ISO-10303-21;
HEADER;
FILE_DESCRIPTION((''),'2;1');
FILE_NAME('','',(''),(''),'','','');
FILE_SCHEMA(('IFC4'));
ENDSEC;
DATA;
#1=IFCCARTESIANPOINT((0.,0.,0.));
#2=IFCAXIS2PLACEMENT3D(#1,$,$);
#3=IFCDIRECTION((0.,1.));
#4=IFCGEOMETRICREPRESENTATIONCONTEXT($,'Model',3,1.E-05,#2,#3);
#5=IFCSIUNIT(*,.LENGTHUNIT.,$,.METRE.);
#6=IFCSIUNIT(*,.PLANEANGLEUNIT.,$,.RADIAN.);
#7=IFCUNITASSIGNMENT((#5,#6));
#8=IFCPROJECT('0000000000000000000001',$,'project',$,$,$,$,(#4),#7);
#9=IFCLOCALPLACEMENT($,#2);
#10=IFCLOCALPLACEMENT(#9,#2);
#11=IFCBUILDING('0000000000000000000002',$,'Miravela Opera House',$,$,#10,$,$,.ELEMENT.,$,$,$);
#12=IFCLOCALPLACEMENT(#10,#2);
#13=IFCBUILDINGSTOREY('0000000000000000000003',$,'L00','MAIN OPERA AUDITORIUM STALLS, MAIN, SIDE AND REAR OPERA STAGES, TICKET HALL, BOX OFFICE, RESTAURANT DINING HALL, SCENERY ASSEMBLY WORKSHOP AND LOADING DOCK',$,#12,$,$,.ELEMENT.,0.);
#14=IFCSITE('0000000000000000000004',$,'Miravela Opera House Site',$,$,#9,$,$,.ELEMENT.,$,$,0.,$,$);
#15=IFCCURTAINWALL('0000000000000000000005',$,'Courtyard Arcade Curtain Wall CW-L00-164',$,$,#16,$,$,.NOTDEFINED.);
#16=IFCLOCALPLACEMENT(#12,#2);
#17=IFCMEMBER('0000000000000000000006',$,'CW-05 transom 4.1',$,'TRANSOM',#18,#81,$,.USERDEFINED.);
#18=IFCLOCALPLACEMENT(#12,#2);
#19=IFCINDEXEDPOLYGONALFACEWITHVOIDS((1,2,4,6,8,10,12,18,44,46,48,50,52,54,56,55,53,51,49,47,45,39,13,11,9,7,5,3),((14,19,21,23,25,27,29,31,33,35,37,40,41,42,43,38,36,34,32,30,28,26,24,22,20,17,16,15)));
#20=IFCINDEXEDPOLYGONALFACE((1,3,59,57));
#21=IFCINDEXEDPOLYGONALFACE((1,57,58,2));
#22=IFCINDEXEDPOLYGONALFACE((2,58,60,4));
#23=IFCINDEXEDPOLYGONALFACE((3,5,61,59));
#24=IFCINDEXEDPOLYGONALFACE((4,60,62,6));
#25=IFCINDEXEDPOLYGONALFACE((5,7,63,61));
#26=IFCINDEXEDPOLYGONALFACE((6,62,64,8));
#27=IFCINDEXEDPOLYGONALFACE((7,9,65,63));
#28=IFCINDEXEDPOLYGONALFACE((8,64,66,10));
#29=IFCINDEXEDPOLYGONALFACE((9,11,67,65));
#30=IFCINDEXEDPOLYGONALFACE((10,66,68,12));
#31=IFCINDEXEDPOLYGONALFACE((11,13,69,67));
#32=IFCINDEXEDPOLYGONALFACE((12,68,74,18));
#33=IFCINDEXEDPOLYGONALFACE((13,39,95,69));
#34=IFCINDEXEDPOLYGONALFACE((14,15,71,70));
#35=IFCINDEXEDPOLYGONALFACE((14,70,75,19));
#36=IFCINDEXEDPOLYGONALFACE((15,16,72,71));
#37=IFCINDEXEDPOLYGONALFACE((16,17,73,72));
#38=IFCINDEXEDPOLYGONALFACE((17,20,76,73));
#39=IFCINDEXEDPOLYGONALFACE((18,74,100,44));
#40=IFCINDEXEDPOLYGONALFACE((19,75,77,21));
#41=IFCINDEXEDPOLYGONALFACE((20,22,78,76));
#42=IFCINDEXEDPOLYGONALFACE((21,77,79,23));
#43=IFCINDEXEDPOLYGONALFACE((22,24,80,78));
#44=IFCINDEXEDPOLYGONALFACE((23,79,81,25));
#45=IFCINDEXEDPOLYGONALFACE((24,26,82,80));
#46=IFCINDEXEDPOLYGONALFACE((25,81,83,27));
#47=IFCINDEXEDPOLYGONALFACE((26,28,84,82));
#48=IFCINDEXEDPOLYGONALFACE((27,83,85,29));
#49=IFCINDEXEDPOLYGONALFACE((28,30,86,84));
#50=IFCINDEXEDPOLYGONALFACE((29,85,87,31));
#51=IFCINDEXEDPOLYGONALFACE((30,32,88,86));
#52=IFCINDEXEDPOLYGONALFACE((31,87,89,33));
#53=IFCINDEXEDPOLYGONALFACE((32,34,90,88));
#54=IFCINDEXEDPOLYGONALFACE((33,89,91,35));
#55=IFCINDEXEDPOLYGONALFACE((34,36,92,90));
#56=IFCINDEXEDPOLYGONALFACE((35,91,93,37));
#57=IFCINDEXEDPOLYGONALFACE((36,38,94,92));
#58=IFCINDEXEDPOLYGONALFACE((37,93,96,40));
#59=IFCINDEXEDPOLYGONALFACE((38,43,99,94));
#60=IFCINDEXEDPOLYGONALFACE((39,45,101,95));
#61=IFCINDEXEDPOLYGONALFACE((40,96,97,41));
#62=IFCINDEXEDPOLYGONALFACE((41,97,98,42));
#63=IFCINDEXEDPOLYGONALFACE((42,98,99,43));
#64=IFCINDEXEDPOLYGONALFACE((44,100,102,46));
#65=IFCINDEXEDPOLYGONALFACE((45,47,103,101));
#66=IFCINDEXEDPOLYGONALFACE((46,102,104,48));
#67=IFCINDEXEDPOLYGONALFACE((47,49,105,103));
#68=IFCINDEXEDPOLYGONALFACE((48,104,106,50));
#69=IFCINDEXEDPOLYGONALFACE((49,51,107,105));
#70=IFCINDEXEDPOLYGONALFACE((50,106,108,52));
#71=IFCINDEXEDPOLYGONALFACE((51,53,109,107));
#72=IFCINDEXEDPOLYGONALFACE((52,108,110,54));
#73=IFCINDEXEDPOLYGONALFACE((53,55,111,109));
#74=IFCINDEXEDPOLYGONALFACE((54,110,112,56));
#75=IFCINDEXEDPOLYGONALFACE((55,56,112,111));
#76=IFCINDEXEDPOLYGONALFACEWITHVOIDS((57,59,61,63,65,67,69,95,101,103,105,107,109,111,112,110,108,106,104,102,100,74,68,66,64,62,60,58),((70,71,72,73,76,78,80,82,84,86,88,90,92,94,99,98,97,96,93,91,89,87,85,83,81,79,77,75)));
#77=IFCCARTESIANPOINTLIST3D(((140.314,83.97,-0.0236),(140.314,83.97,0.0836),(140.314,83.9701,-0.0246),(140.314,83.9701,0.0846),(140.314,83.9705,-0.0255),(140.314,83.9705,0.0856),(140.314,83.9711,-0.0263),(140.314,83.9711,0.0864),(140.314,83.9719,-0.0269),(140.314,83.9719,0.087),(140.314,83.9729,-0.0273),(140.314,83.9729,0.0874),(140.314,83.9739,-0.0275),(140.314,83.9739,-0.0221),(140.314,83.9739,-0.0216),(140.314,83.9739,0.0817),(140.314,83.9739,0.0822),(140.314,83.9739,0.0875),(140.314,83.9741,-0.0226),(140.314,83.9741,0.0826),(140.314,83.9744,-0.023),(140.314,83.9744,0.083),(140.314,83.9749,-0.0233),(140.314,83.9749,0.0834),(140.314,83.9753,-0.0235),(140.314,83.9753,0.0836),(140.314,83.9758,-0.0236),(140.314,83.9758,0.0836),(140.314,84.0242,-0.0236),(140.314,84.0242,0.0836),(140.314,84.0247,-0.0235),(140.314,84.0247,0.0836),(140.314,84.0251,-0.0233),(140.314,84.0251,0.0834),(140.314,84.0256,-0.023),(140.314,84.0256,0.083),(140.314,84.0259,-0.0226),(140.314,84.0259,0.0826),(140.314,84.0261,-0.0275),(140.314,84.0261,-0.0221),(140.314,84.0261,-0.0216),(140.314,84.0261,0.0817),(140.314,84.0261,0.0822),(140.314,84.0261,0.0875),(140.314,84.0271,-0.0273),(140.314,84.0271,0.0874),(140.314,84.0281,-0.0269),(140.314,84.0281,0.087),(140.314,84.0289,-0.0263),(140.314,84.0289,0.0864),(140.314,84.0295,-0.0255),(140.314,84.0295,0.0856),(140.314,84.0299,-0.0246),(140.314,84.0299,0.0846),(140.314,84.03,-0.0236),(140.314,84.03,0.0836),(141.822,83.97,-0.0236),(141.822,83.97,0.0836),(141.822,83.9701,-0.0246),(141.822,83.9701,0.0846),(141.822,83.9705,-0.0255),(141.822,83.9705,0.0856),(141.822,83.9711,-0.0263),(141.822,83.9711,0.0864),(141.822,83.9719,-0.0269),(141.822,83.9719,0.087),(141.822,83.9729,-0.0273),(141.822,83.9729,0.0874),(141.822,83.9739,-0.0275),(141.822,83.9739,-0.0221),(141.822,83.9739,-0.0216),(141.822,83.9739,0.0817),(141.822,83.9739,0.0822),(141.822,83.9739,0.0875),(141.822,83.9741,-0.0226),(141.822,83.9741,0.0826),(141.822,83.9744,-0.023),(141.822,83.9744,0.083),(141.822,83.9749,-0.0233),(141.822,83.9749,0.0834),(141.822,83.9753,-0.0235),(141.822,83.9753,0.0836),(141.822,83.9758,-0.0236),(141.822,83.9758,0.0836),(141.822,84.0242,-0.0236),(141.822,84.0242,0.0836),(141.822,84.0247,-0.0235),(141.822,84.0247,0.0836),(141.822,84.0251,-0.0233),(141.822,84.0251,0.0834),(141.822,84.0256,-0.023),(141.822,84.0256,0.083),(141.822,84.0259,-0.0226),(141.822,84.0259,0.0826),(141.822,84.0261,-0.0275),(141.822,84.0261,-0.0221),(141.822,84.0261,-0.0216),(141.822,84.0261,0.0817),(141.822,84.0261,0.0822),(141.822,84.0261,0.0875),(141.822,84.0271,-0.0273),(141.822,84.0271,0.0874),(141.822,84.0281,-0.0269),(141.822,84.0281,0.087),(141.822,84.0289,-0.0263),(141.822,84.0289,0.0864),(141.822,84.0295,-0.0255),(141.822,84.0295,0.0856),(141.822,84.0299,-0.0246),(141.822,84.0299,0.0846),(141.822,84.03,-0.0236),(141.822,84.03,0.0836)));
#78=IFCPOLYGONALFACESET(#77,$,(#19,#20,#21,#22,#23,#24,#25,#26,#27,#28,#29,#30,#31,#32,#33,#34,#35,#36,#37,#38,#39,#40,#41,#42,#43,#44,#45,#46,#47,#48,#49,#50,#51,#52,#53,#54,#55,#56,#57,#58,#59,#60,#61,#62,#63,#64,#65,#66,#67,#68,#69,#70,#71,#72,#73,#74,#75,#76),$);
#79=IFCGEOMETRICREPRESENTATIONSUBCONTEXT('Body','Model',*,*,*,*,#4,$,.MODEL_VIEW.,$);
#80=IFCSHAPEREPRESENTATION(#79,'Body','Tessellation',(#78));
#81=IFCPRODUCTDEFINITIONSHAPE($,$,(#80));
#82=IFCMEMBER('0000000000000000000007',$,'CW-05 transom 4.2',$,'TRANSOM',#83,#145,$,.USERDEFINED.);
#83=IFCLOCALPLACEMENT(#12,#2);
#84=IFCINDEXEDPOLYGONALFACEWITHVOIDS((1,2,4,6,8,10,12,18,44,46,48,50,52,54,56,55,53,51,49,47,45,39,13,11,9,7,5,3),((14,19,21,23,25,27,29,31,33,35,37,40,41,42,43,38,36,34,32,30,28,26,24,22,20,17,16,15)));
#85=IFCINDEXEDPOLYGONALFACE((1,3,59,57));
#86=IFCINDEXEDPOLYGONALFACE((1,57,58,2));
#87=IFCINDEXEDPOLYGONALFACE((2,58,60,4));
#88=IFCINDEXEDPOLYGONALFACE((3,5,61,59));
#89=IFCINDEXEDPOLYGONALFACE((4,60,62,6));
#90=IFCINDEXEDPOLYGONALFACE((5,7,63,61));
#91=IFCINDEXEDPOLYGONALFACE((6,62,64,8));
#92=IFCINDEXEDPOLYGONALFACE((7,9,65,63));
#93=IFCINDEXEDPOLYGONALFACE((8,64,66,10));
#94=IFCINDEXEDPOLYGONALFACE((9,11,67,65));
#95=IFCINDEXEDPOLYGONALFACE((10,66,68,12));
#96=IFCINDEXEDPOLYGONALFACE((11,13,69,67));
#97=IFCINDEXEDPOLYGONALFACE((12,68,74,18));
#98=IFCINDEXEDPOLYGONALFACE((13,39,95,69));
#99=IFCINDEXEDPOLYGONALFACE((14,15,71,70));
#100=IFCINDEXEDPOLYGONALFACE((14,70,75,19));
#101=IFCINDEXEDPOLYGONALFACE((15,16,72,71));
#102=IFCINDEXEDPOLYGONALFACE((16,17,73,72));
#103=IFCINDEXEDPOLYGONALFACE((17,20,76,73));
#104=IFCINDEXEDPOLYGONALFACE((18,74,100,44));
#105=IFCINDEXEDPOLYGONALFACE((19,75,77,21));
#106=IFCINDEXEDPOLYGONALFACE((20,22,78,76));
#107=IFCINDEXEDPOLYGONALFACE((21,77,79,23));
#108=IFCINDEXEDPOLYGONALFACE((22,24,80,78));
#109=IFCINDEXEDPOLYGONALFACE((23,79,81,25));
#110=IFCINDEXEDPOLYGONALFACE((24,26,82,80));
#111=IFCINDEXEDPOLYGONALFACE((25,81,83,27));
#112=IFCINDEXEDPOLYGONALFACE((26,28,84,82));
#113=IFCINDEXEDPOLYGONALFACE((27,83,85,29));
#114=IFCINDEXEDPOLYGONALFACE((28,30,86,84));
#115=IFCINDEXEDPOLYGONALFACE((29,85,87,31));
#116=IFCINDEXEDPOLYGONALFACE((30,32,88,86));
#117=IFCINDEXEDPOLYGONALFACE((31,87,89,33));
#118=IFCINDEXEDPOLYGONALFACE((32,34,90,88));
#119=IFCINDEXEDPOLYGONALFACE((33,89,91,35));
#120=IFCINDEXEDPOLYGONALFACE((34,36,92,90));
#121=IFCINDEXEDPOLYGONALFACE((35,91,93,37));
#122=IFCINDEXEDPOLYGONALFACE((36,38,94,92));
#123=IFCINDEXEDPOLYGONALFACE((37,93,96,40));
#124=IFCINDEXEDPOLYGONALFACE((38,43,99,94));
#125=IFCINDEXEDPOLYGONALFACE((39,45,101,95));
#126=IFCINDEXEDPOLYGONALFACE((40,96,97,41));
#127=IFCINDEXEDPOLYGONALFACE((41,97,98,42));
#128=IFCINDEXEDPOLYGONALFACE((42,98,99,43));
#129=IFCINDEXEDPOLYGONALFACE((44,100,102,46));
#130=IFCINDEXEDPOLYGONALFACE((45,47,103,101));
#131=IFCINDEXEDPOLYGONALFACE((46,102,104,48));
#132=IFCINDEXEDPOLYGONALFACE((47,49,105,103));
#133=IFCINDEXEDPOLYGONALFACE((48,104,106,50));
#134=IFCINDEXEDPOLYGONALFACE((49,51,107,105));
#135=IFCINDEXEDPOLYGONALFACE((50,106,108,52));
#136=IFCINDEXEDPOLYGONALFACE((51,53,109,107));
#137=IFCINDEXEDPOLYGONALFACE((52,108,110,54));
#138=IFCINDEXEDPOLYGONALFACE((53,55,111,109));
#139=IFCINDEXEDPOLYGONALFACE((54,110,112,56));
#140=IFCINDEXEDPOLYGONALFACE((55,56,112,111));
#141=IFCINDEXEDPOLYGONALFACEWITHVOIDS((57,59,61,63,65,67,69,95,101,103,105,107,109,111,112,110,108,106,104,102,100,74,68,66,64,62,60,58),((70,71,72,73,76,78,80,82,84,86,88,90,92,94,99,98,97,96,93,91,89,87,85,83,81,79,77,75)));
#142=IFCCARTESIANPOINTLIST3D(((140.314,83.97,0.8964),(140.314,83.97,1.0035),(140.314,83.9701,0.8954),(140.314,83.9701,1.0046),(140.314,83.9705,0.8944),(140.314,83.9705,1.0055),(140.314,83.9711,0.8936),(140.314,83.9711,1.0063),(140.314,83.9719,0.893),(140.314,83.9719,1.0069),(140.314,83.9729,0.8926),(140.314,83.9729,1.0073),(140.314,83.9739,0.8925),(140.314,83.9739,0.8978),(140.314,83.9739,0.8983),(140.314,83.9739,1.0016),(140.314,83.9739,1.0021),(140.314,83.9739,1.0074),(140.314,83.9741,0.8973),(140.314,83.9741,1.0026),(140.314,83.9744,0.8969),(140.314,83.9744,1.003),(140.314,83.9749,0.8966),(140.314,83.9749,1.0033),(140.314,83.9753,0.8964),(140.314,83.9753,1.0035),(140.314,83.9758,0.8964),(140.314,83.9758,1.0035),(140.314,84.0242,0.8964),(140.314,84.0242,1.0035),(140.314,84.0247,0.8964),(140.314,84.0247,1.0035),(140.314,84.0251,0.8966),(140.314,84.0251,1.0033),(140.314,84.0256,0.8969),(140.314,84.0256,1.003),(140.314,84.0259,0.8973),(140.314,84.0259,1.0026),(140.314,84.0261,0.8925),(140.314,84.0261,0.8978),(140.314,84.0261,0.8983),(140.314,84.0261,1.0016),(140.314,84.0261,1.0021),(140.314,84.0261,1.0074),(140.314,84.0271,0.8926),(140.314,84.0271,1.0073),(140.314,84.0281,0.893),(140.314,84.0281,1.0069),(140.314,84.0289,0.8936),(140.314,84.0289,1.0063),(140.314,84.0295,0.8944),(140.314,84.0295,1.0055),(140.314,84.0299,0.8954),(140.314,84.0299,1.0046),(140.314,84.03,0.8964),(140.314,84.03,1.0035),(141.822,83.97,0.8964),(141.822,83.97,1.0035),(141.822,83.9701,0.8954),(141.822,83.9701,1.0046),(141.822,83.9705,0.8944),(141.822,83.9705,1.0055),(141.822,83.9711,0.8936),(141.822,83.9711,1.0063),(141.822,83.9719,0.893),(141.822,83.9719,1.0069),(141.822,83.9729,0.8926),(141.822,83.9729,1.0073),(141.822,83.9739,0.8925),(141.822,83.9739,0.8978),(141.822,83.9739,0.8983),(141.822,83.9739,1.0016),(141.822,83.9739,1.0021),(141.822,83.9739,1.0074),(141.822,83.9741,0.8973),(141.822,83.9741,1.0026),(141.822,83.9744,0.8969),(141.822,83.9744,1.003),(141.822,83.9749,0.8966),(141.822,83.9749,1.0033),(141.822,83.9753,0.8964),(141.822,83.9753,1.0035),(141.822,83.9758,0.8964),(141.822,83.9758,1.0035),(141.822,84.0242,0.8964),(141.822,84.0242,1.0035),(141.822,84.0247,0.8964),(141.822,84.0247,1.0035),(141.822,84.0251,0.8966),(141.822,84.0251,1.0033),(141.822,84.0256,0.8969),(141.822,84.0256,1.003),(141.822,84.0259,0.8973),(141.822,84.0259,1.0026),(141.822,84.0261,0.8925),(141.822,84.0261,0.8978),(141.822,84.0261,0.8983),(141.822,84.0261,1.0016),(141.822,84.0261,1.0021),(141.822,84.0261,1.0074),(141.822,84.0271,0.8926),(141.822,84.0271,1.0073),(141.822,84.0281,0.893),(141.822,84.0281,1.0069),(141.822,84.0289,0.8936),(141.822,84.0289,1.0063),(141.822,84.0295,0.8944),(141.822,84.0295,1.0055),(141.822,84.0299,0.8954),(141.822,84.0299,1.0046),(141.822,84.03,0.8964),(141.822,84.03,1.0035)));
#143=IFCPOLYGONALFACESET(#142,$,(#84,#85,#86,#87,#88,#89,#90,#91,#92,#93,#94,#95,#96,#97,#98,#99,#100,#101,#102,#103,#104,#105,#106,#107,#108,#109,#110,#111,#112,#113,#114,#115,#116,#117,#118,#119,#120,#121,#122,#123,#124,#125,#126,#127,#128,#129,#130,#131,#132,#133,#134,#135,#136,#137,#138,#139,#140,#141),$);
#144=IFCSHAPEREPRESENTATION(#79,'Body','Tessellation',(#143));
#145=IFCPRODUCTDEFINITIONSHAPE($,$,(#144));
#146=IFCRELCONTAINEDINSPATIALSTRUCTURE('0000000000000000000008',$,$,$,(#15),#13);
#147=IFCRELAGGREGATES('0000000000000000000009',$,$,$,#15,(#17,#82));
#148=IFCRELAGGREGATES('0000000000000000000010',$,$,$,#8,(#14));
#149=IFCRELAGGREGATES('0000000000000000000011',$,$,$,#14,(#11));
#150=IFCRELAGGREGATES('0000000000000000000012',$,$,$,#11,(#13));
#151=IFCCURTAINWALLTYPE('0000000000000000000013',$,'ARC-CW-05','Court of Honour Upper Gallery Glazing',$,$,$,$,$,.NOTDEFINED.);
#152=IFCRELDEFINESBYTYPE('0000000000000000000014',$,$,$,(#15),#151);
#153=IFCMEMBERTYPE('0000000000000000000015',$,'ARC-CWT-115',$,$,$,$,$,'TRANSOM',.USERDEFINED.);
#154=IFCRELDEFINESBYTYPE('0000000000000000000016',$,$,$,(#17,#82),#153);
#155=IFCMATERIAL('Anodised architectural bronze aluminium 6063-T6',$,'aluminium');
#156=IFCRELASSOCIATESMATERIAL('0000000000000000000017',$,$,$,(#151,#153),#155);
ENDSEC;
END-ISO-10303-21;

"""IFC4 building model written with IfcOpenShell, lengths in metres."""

from ifc_helpers import new_model, si_unit, direction, frame, origin, origin_2d, place, context, subcontext, project, spatial, hollow_rectangle, extrude, material, material_profile, profile_set, type_object, element, aggregate, save


model = new_model("IFC4")

# Units and contexts
model_context = context("Model", 3, precision=1e-05, world=origin(), true_north=direction((0.0, 1.0)))
body_context = subcontext(model_context, "Body", "Model", "MODEL_VIEW")
ifc_project = project(units=[si_unit("LENGTHUNIT", "METRE"), si_unit("PLANEANGLEUNIT", "RADIAN")], contexts=[model_context])

# Site, building, storey
site_placement = place(None, origin())
site = spatial("IfcSite", under=ifc_project, at=site_placement, Name="Miravela Opera House Site", CompositionType="ELEMENT", RefElevation=0.0)
building_placement = place(site_placement, origin())
building = spatial("IfcBuilding", under=site, at=building_placement, Name="Miravela Opera House", CompositionType="ELEMENT")
storey_placement = place(building_placement, origin())
storey = spatial("IfcBuildingStorey", under=building, at=storey_placement, Name="L00", Description="MAIN OPERA AUDITORIUM STALLS, MAIN, SIDE AND REAR OPERA STAGES, TICKET HALL, BOX OFFICE, RESTAURANT DINING HALL, SCENERY ASSEMBLY WORKSHOP AND LOADING DOCK", CompositionType="ELEMENT", Elevation=0.0)

# Curtain wall, members
ifc_material_1 = material(Name="Anodised architectural bronze aluminium 6063-T6", Category="aluminium")
curtain_wall_type = type_object("IfcCurtainWallType", Name="ARC-CW-05", Description="Court of Honour Upper Gallery Glazing", PredefinedType="NOTDEFINED", material=ifc_material_1)
curtain_wall_placement = place(storey_placement, origin())
curtain_wall = element("IfcCurtainWall", 1, at=curtain_wall_placement, inside=storey, type_object=curtain_wall_type, Name="Courtyard Arcade Curtain Wall CW-L00-164", PredefinedType="NOTDEFINED")
ifc_material_profile_1 = material_profile(ifc_material_1, hollow_rectangle(XDim=0.0601, YDim=0.115, WallThickness=0.0039, InnerFilletRadius=0.002, OuterFilletRadius=0.0039, at=origin_2d()), Name="CWT-60X115")
ifc_profile_set_1 = profile_set([ifc_material_profile_1])
member_type_1 = type_object("IfcMemberType", Name="ARC-CWT-115", ElementType="TRANSOM", PredefinedType="USERDEFINED", material=ifc_profile_set_1)
member_1_placement = place(storey_placement, frame((140.314, 84.0, 0.03), z_axis=(1.0, 0.0, 0.0), x_axis=(0.0, 1.0, 0.0)))
member_1 = element("IfcMember", 2, at=member_1_placement, type_object=member_type_1, Name="CW-05 transom 4.1", ObjectType="TRANSOM", PredefinedType="USERDEFINED", context=body_context, shape_type="SweptSolid", body=[
    extrude(hollow_rectangle(XDim=0.0601, YDim=0.115, WallThickness=0.0039, InnerFilletRadius=0.002, OuterFilletRadius=0.0039, at=origin_2d()), origin(), (0.0, 0.0, 1.0), 1.5081),
])
member_2_placement = place(storey_placement, frame((140.314, 84.0, 0.95), z_axis=(1.0, 0.0, 0.0), x_axis=(0.0, 1.0, 0.0)))
member_2 = element("IfcMember", 3, at=member_2_placement, type_object=member_type_1, Name="CW-05 transom 4.2", ObjectType="TRANSOM", PredefinedType="USERDEFINED", context=body_context, shape_type="SweptSolid", body=[
    extrude(hollow_rectangle(XDim=0.0601, YDim=0.115, WallThickness=0.0039, InnerFilletRadius=0.002, OuterFilletRadius=0.0039, at=origin_2d()), origin(), (0.0, 0.0, 1.0), 1.5081),
])
aggregate(curtain_wall, [member_1, member_2])

save(model, "model.ifc")
